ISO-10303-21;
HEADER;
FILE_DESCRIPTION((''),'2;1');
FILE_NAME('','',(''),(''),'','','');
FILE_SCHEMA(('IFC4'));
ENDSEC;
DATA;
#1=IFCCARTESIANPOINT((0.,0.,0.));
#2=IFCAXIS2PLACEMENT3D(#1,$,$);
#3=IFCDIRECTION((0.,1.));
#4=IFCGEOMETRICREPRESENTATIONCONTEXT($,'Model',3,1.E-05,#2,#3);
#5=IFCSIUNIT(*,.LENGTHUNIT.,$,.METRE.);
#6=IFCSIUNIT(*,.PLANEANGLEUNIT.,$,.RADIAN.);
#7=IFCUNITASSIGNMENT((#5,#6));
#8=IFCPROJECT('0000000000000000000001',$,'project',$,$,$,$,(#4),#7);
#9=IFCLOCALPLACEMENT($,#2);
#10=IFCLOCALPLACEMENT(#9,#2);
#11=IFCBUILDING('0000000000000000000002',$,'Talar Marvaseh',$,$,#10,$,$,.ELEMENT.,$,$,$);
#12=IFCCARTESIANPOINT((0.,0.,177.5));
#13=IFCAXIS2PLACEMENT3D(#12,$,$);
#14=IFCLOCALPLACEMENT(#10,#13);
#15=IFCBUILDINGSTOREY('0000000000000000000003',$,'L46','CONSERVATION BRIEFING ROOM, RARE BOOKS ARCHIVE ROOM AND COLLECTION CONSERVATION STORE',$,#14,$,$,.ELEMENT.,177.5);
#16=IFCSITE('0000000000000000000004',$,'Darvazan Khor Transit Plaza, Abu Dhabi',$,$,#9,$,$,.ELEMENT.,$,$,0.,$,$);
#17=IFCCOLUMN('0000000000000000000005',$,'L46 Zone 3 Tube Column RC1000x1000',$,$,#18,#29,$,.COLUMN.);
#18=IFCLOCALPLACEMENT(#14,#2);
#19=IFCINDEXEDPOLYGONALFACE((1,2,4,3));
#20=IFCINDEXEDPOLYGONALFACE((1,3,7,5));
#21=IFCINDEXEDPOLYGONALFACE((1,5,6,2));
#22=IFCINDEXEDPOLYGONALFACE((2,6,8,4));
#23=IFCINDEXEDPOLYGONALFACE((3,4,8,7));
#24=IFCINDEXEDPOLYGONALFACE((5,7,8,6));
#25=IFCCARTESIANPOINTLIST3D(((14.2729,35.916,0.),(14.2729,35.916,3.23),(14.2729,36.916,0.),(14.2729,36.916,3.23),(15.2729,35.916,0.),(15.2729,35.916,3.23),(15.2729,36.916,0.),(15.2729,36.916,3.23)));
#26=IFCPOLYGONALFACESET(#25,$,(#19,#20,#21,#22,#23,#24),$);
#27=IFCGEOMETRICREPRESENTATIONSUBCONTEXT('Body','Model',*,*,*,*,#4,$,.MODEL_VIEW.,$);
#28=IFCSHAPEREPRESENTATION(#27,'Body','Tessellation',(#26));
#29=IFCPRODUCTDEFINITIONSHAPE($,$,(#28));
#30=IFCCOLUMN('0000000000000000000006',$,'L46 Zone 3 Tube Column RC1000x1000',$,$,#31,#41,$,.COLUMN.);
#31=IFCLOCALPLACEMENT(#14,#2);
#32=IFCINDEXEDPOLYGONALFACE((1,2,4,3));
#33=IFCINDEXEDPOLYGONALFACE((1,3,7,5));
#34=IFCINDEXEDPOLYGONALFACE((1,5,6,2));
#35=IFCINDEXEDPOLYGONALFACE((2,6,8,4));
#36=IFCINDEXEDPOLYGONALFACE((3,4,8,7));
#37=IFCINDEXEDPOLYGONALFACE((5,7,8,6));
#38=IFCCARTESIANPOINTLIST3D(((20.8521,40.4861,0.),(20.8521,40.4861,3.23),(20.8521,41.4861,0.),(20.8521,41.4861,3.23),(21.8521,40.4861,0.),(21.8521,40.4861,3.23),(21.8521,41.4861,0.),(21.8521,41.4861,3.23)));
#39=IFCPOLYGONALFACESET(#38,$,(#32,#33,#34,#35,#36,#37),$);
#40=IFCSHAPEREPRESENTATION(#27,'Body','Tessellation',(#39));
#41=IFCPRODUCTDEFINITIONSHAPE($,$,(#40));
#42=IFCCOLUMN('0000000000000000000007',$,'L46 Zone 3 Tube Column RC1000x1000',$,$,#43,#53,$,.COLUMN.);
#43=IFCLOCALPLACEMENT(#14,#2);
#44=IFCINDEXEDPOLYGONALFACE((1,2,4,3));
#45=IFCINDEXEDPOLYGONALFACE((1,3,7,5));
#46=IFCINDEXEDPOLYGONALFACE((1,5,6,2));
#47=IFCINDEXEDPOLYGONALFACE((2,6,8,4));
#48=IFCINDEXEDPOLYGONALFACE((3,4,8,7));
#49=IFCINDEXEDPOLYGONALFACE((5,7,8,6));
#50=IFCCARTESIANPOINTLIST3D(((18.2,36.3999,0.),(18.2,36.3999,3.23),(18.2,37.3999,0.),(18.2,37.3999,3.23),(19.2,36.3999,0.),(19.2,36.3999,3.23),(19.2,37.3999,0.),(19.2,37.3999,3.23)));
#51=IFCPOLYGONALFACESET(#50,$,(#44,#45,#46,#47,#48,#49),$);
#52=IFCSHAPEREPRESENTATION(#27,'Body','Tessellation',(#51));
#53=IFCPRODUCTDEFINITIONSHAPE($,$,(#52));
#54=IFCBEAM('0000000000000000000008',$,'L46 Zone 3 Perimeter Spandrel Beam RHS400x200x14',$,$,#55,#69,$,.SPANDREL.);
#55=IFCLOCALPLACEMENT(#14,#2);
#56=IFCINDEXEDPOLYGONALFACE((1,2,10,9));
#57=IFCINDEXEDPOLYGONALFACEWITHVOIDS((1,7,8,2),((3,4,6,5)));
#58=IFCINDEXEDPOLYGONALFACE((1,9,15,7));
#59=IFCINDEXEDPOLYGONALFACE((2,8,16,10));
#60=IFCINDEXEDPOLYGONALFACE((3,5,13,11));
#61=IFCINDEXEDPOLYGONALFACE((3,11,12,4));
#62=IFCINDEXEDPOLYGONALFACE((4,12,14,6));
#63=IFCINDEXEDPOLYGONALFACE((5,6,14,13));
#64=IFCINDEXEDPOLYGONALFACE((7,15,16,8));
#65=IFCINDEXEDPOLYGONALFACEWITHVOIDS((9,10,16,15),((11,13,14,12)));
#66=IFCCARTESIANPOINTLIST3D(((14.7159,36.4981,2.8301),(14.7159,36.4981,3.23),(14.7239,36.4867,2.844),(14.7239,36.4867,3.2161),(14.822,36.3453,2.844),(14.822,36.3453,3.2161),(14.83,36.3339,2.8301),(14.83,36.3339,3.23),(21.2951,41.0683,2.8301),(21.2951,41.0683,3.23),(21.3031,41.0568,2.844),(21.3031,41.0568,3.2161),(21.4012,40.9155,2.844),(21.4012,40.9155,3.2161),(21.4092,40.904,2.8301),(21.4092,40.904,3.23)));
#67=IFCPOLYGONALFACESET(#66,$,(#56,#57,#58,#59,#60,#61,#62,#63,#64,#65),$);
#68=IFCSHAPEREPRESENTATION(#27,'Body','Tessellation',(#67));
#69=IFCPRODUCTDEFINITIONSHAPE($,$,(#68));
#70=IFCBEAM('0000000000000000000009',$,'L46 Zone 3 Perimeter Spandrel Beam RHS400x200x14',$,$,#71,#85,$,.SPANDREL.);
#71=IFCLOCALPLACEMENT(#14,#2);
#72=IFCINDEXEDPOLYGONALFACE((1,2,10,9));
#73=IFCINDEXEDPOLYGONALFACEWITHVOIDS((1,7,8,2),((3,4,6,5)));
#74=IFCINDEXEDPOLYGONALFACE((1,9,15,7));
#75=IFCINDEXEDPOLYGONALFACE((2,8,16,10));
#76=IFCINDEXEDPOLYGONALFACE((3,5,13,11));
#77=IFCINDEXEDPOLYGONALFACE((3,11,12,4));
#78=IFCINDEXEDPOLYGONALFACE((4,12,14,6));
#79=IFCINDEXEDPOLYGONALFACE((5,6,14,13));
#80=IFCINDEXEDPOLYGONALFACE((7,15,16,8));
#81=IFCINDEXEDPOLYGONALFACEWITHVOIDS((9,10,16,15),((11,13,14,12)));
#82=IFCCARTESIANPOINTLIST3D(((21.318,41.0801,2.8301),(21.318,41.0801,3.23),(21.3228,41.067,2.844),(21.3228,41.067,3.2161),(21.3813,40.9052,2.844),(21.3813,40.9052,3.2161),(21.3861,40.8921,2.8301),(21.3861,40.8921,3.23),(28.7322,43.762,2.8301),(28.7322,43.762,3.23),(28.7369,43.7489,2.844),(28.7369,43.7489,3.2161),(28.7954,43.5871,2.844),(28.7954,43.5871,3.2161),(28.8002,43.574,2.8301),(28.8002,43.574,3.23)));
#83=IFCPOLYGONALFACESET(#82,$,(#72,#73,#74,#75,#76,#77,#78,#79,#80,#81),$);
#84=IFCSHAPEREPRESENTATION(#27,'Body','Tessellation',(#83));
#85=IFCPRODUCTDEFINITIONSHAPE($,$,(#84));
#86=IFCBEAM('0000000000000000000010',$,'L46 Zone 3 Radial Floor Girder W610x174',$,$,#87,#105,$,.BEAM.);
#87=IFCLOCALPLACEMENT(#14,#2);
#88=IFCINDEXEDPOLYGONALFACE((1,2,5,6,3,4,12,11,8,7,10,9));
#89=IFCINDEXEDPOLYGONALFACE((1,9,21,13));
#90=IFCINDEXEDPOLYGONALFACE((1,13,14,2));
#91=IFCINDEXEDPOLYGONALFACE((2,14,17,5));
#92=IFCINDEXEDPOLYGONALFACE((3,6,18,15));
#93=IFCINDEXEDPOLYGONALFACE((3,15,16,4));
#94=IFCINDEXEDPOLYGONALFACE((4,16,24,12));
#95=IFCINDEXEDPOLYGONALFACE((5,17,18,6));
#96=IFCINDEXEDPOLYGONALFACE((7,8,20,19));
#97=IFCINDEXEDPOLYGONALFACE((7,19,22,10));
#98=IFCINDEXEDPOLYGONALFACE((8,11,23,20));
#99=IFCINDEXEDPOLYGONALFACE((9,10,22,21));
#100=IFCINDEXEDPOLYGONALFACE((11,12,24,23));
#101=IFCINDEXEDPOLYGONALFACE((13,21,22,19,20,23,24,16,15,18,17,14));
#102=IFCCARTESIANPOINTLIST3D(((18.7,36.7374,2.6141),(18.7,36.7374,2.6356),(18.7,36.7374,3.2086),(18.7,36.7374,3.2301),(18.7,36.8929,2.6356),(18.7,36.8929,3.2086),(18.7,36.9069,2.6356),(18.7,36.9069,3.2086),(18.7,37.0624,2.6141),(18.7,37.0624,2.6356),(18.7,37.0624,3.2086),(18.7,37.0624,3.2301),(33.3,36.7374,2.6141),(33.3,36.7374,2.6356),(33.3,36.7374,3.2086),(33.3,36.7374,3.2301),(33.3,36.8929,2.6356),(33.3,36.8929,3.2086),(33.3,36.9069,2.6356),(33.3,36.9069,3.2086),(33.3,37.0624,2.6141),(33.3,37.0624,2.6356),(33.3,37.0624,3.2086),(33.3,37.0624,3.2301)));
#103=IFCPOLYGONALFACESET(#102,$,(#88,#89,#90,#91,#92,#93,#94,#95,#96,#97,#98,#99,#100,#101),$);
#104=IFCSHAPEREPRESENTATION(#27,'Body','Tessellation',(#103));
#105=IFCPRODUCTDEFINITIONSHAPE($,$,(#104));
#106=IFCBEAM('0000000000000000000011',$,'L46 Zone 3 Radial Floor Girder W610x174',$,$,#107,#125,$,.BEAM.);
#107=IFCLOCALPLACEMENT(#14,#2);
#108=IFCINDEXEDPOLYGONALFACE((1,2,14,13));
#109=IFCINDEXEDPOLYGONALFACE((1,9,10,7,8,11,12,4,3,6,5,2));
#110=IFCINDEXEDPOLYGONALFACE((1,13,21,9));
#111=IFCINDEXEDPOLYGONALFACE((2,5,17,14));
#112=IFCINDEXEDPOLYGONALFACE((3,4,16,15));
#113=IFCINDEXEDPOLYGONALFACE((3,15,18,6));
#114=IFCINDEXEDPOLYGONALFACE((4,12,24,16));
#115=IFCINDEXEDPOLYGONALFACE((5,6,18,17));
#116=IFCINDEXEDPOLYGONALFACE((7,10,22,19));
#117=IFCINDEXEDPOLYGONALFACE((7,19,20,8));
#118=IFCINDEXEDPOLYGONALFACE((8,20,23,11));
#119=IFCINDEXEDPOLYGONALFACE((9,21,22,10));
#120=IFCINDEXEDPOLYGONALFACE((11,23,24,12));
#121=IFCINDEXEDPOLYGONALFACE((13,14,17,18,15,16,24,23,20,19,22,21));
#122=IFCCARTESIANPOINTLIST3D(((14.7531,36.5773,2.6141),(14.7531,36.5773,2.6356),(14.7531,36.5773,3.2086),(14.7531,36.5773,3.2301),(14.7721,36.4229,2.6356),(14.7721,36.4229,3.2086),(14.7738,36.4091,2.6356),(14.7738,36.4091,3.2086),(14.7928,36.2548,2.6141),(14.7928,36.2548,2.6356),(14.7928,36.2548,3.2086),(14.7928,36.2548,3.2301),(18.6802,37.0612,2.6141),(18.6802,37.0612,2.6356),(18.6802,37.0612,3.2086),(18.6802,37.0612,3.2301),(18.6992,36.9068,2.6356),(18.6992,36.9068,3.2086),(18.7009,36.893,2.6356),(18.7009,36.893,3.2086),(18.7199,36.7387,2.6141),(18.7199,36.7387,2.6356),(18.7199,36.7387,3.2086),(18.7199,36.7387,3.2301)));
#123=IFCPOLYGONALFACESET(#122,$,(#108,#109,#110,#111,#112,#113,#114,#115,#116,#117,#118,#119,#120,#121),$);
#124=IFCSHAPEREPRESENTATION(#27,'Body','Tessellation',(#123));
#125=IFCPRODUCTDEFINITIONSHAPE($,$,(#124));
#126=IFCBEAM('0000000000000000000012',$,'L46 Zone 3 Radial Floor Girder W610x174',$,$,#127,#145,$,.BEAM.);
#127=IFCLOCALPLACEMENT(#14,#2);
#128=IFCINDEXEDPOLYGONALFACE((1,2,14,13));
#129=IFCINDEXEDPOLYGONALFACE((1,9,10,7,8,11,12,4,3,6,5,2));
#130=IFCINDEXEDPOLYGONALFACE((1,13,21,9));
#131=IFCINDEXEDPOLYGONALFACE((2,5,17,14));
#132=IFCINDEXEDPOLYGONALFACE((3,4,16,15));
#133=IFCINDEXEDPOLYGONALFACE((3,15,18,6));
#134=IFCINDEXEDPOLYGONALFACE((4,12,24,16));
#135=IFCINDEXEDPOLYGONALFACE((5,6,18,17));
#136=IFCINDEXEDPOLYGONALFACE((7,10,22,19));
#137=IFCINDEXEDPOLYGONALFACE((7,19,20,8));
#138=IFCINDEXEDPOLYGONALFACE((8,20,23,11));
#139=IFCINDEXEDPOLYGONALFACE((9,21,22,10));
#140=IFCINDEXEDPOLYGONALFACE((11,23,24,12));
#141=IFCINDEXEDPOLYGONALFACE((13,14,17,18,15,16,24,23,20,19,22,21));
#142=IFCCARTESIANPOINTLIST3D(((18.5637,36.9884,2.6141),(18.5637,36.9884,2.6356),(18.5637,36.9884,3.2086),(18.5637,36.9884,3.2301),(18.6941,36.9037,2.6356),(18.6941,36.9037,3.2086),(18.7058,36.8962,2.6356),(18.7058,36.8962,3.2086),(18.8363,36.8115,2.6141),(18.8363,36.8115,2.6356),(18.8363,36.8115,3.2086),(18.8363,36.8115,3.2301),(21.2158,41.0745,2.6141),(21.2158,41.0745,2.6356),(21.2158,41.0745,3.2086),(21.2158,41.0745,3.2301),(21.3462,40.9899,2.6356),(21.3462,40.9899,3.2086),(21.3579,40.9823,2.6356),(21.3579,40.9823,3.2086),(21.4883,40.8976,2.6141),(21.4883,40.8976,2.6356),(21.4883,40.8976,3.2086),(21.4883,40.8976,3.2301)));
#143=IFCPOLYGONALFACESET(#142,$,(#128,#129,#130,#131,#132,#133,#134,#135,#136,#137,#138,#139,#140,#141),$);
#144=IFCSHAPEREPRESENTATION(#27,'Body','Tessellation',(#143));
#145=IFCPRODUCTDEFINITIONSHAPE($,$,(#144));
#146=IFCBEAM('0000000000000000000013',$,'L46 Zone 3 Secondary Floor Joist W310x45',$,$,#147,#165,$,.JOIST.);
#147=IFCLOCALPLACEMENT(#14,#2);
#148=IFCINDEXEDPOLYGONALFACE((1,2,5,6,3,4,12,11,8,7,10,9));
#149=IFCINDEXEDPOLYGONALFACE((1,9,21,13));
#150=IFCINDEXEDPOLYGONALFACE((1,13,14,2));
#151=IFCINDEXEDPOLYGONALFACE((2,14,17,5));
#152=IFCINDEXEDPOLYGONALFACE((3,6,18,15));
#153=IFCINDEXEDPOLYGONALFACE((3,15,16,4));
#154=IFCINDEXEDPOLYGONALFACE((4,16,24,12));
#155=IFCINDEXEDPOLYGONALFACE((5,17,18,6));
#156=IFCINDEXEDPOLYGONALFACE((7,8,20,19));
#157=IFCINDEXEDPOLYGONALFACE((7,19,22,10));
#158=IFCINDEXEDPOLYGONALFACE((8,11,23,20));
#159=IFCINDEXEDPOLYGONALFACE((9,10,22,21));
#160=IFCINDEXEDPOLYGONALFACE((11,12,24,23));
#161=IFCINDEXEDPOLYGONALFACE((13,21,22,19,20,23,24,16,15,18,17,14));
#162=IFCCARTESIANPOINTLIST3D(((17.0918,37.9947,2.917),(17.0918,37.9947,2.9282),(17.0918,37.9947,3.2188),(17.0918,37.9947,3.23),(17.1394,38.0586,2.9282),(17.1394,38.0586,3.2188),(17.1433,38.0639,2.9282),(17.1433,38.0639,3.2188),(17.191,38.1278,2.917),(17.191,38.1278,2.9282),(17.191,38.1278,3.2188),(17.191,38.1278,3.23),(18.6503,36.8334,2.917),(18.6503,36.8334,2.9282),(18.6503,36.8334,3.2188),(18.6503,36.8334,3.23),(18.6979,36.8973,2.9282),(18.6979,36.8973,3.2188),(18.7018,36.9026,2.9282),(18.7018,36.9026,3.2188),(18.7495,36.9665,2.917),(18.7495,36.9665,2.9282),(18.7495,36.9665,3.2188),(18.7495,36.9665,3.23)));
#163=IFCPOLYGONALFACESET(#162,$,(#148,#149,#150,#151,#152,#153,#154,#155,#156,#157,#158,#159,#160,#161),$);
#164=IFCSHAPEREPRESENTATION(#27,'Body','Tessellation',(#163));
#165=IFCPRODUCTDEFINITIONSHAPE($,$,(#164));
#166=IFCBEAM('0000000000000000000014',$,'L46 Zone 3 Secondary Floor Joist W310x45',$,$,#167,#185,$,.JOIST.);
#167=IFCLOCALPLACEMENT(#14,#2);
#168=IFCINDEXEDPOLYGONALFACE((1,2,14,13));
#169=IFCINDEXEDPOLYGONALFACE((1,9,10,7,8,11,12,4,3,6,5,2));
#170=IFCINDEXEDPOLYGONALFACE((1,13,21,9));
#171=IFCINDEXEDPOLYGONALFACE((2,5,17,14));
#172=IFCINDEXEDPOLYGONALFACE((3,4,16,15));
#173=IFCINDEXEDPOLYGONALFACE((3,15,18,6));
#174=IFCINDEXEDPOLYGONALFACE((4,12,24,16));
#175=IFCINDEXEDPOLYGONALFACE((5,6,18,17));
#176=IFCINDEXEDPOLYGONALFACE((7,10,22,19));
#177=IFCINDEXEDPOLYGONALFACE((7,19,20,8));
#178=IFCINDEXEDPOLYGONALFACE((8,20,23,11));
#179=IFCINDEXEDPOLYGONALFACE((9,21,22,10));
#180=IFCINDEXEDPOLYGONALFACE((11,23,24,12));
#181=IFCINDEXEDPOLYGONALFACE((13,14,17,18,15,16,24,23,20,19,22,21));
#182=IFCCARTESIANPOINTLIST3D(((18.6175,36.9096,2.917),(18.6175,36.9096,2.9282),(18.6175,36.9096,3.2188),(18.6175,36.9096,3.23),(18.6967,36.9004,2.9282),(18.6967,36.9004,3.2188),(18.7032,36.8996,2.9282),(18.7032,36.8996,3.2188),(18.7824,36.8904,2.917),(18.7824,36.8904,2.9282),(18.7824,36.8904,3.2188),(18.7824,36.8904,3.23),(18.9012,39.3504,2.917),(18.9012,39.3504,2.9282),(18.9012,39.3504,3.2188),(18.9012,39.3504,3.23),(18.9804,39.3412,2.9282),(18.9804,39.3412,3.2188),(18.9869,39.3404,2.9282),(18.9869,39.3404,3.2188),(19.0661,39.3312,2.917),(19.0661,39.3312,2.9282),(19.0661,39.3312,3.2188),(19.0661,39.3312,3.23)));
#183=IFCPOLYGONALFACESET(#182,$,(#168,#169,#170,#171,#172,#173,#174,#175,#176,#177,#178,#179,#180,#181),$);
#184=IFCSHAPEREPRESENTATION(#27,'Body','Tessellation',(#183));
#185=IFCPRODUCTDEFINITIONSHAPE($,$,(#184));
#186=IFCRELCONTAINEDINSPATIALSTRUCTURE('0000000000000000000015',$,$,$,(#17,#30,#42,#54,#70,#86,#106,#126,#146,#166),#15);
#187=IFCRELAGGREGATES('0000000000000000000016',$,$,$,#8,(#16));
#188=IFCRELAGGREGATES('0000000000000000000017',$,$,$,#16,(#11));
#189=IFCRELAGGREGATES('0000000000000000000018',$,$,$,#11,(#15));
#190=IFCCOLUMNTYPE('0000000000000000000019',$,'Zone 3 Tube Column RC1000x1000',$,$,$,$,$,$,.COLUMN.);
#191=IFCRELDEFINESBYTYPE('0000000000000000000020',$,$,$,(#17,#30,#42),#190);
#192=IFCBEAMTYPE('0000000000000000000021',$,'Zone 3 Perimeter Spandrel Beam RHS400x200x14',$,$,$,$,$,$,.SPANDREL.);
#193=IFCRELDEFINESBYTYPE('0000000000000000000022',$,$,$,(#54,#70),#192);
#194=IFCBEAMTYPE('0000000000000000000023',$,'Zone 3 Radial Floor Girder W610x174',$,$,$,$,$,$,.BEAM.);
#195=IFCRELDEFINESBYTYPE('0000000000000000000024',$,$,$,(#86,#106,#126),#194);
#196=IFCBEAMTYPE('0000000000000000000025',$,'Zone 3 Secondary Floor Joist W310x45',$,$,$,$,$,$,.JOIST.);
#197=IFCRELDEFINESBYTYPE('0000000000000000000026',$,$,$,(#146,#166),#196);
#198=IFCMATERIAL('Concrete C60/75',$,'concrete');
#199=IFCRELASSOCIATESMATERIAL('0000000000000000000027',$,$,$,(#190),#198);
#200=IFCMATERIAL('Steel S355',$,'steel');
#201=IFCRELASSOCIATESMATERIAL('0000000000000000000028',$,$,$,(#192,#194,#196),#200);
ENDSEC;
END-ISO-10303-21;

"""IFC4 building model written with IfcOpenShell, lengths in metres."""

from ifc_helpers import new_model, si_unit, direction, frame, origin, origin_2d, place, context, subcontext, project, spatial, rectangle, hollow_rectangle, i_section, extrude, material, material_profile, profile_set, type_object, element, save


model = new_model("IFC4")

# Units and contexts
model_context = context("Model", 3, precision=1e-05, world=origin(), true_north=direction((0.0, 1.0)))
body_context = subcontext(model_context, "Body", "Model", "MODEL_VIEW")
ifc_project = project(units=[si_unit("LENGTHUNIT", "METRE"), si_unit("PLANEANGLEUNIT", "RADIAN")], contexts=[model_context])

# Site, building, storey
site_placement = place(None, origin())
site = spatial("IfcSite", under=ifc_project, at=site_placement, Name="Darvazan Khor Transit Plaza, Abu Dhabi", CompositionType="ELEMENT", RefElevation=0.0)
building_placement = place(site_placement, origin())
building = spatial("IfcBuilding", under=site, at=building_placement, Name="Talar Marvaseh", CompositionType="ELEMENT")
storey_placement = place(building_placement, frame((0.0, 0.0, 177.5)))
storey = spatial("IfcBuildingStorey", under=building, at=storey_placement, Name="L46", Description="CONSERVATION BRIEFING ROOM, RARE BOOKS ARCHIVE ROOM AND COLLECTION CONSERVATION STORE", CompositionType="ELEMENT", Elevation=177.5)

# Columns
ifc_material_1 = material(Name="Concrete C60/75", Category="concrete")
ifc_material_profile_1 = material_profile(ifc_material_1, rectangle(XDim=1.0, YDim=1.0, at=origin_2d()), Name="RC1000x1000")
ifc_profile_set_1 = profile_set([ifc_material_profile_1], Name="Concrete C60/75")
column_type = type_object("IfcColumnType", Name="Zone 3 Tube Column RC1000x1000", PredefinedType="COLUMN", material=ifc_profile_set_1)
for number, where, z_axis, x_axis, name in (
    (1, (14.7729, 36.416, 0.0), (0.0, 0.0, 1.0), (1.0, 0.0, 0.0), "L46 Zone 3 Tube Column RC1000x1000"),
    (2, (21.3521, 40.9861, 0.0), (0.0, 0.0, 1.0), (1.0, 0.0, 0.0), "L46 Zone 3 Tube Column RC1000x1000"),
    (3, (18.7, 36.8999, 0.0), (0.0, 0.0, 1.0), (1.0, 0.0, 0.0), "L46 Zone 3 Tube Column RC1000x1000"),
):
    element("IfcColumn", number, at=place(storey_placement, frame(where, z_axis=z_axis, x_axis=x_axis)), inside=storey, type_object=column_type, Name=name, PredefinedType="COLUMN", context=body_context, shape_type="SweptSolid", body=[
        extrude(rectangle(XDim=1.0, YDim=1.0, at=origin_2d()), origin(), (0.0, 0.0, 1.0), 3.23),
    ])

# Beams
ifc_material_2 = material(Name="Steel S355", Category="steel")
ifc_material_profile_2 = material_profile(ifc_material_2, hollow_rectangle(XDim=0.2, YDim=0.3999, WallThickness=0.0139, at=origin_2d()), Name="RHS400x200x14")
ifc_profile_set_2 = profile_set([ifc_material_profile_2], Name="Steel S355")
beam_type_1 = type_object("IfcBeamType", Name="Zone 3 Perimeter Spandrel Beam RHS400x200x14", PredefinedType="SPANDREL", material=ifc_profile_set_2)
beam_1_placement = place(storey_placement, frame((14.7729, 36.416, 3.03), z_axis=(0.821297, 0.570501, 0.0), x_axis=(-0.570501, 0.821297, 0.0)))
element("IfcBeam", 4, at=beam_1_placement, inside=storey, type_object=beam_type_1, Name="L46 Zone 3 Perimeter Spandrel Beam RHS400x200x14", PredefinedType="SPANDREL", context=body_context, shape_type="SweptSolid", body=[
    extrude(hollow_rectangle(XDim=0.2, YDim=0.3999, WallThickness=0.0139, at=origin_2d()), origin(), (0.0, 0.0, 1.0), 8.0107),
])
beam_2_placement = place(storey_placement, frame((21.3521, 40.9861, 3.03), z_axis=(0.940368, 0.340159, 0.0), x_axis=(-0.340159, 0.940368, 0.0)))
element("IfcBeam", 5, at=beam_2_placement, inside=storey, type_object=beam_type_1, Name="L46 Zone 3 Perimeter Spandrel Beam RHS400x200x14", PredefinedType="SPANDREL", context=body_context, shape_type="SweptSolid", body=[
    extrude(hollow_rectangle(XDim=0.2, YDim=0.3999, WallThickness=0.0139, at=origin_2d()), origin(), (0.0, 0.0, 1.0), 7.8843),
])
ifc_material_profile_3 = material_profile(ifc_material_2, i_section(OverallWidth=0.325, OverallDepth=0.616, WebThickness=0.0139, FlangeThickness=0.0215, at=origin_2d()), Name="W610x174")
ifc_profile_set_3 = profile_set([ifc_material_profile_3], Name="Steel S355")
beam_type_2 = type_object("IfcBeamType", Name="Zone 3 Radial Floor Girder W610x174", PredefinedType="BEAM", material=ifc_profile_set_3)
beam_3_placement = place(storey_placement, frame((18.7, 36.8999, 2.9221), z_axis=(1.0, 0.0, 0.0), x_axis=(0.0, 1.0, 0.0)))
element("IfcBeam", 6, at=beam_3_placement, inside=storey, type_object=beam_type_2, Name="L46 Zone 3 Radial Floor Girder W610x174", PredefinedType="BEAM", context=body_context, shape_type="SweptSolid", body=[
    extrude(i_section(OverallWidth=0.325, OverallDepth=0.616, WebThickness=0.0139, FlangeThickness=0.0215, at=origin_2d()), origin(), (0.0, 0.0, 1.0), 14.6001),
])
beam_4_placement = place(storey_placement, frame((14.7729, 36.416, 2.9221), z_axis=(0.992494, 0.122295, 0.0), x_axis=(-0.122295, 0.992494, 0.0)))
element("IfcBeam", 7, at=beam_4_placement, inside=storey, type_object=beam_type_2, Name="L46 Zone 3 Radial Floor Girder W610x174", PredefinedType="BEAM", context=body_context, shape_type="SweptSolid", body=[
    extrude(i_section(OverallWidth=0.325, OverallDepth=0.616, WebThickness=0.0139, FlangeThickness=0.0215, at=origin_2d()), origin(), (0.0, 0.0, 1.0), 3.9568),
])
beam_5_placement = place(storey_placement, frame((21.3521, 40.9861, 2.9221), z_axis=(-0.544423, -0.838811, 0.0), x_axis=(0.838811, -0.544423, 0.0)))
element("IfcBeam", 8, at=beam_5_placement, inside=storey, type_object=beam_type_2, Name="L46 Zone 3 Radial Floor Girder W610x174", PredefinedType="BEAM", context=body_context, shape_type="SweptSolid", body=[
    extrude(i_section(OverallWidth=0.325, OverallDepth=0.616, WebThickness=0.0139, FlangeThickness=0.0215, at=origin_2d()), origin(), (0.0, 0.0, 1.0), 4.8713),
])
ifc_material_profile_4 = material_profile(ifc_material_2, i_section(OverallWidth=0.166, OverallDepth=0.313, WebThickness=0.0066, FlangeThickness=0.0112, at=origin_2d()), Name="W310x45")
ifc_profile_set_4 = profile_set([ifc_material_profile_4], Name="Steel S355")
beam_type_3 = type_object("IfcBeamType", Name="Zone 3 Secondary Floor Joist W310x45", PredefinedType="JOIST", material=ifc_profile_set_4)
beam_6_placement = place(storey_placement, frame((17.1414, 38.0613, 3.0735), z_axis=(0.801865, -0.597505, 0.0), x_axis=(0.597505, 0.801865, 0.0)))
element("IfcBeam", 9, at=beam_6_placement, inside=storey, type_object=beam_type_3, Name="L46 Zone 3 Secondary Floor Joist W310x45", PredefinedType="JOIST", context=body_context, shape_type="SweptSolid", body=[
    extrude(i_section(OverallWidth=0.166, OverallDepth=0.313, WebThickness=0.0066, FlangeThickness=0.0112, at=origin_2d()), origin(), (0.0, 0.0, 1.0), 1.9436),
])
beam_7_placement = place(storey_placement, frame((18.9836, 39.3408, 3.0735), z_axis=(-0.115446, -0.993314, 0.0), x_axis=(0.993314, -0.115446, 0.0)))
element("IfcBeam", 10, at=beam_7_placement, inside=storey, type_object=beam_type_3, Name="L46 Zone 3 Secondary Floor Joist W310x45", PredefinedType="JOIST", context=body_context, shape_type="SweptSolid", body=[
    extrude(i_section(OverallWidth=0.166, OverallDepth=0.313, WebThickness=0.0066, FlangeThickness=0.0112, at=origin_2d()), origin(), (0.0, 0.0, 1.0), 2.4573),
])

save(model, "model.ifc")
